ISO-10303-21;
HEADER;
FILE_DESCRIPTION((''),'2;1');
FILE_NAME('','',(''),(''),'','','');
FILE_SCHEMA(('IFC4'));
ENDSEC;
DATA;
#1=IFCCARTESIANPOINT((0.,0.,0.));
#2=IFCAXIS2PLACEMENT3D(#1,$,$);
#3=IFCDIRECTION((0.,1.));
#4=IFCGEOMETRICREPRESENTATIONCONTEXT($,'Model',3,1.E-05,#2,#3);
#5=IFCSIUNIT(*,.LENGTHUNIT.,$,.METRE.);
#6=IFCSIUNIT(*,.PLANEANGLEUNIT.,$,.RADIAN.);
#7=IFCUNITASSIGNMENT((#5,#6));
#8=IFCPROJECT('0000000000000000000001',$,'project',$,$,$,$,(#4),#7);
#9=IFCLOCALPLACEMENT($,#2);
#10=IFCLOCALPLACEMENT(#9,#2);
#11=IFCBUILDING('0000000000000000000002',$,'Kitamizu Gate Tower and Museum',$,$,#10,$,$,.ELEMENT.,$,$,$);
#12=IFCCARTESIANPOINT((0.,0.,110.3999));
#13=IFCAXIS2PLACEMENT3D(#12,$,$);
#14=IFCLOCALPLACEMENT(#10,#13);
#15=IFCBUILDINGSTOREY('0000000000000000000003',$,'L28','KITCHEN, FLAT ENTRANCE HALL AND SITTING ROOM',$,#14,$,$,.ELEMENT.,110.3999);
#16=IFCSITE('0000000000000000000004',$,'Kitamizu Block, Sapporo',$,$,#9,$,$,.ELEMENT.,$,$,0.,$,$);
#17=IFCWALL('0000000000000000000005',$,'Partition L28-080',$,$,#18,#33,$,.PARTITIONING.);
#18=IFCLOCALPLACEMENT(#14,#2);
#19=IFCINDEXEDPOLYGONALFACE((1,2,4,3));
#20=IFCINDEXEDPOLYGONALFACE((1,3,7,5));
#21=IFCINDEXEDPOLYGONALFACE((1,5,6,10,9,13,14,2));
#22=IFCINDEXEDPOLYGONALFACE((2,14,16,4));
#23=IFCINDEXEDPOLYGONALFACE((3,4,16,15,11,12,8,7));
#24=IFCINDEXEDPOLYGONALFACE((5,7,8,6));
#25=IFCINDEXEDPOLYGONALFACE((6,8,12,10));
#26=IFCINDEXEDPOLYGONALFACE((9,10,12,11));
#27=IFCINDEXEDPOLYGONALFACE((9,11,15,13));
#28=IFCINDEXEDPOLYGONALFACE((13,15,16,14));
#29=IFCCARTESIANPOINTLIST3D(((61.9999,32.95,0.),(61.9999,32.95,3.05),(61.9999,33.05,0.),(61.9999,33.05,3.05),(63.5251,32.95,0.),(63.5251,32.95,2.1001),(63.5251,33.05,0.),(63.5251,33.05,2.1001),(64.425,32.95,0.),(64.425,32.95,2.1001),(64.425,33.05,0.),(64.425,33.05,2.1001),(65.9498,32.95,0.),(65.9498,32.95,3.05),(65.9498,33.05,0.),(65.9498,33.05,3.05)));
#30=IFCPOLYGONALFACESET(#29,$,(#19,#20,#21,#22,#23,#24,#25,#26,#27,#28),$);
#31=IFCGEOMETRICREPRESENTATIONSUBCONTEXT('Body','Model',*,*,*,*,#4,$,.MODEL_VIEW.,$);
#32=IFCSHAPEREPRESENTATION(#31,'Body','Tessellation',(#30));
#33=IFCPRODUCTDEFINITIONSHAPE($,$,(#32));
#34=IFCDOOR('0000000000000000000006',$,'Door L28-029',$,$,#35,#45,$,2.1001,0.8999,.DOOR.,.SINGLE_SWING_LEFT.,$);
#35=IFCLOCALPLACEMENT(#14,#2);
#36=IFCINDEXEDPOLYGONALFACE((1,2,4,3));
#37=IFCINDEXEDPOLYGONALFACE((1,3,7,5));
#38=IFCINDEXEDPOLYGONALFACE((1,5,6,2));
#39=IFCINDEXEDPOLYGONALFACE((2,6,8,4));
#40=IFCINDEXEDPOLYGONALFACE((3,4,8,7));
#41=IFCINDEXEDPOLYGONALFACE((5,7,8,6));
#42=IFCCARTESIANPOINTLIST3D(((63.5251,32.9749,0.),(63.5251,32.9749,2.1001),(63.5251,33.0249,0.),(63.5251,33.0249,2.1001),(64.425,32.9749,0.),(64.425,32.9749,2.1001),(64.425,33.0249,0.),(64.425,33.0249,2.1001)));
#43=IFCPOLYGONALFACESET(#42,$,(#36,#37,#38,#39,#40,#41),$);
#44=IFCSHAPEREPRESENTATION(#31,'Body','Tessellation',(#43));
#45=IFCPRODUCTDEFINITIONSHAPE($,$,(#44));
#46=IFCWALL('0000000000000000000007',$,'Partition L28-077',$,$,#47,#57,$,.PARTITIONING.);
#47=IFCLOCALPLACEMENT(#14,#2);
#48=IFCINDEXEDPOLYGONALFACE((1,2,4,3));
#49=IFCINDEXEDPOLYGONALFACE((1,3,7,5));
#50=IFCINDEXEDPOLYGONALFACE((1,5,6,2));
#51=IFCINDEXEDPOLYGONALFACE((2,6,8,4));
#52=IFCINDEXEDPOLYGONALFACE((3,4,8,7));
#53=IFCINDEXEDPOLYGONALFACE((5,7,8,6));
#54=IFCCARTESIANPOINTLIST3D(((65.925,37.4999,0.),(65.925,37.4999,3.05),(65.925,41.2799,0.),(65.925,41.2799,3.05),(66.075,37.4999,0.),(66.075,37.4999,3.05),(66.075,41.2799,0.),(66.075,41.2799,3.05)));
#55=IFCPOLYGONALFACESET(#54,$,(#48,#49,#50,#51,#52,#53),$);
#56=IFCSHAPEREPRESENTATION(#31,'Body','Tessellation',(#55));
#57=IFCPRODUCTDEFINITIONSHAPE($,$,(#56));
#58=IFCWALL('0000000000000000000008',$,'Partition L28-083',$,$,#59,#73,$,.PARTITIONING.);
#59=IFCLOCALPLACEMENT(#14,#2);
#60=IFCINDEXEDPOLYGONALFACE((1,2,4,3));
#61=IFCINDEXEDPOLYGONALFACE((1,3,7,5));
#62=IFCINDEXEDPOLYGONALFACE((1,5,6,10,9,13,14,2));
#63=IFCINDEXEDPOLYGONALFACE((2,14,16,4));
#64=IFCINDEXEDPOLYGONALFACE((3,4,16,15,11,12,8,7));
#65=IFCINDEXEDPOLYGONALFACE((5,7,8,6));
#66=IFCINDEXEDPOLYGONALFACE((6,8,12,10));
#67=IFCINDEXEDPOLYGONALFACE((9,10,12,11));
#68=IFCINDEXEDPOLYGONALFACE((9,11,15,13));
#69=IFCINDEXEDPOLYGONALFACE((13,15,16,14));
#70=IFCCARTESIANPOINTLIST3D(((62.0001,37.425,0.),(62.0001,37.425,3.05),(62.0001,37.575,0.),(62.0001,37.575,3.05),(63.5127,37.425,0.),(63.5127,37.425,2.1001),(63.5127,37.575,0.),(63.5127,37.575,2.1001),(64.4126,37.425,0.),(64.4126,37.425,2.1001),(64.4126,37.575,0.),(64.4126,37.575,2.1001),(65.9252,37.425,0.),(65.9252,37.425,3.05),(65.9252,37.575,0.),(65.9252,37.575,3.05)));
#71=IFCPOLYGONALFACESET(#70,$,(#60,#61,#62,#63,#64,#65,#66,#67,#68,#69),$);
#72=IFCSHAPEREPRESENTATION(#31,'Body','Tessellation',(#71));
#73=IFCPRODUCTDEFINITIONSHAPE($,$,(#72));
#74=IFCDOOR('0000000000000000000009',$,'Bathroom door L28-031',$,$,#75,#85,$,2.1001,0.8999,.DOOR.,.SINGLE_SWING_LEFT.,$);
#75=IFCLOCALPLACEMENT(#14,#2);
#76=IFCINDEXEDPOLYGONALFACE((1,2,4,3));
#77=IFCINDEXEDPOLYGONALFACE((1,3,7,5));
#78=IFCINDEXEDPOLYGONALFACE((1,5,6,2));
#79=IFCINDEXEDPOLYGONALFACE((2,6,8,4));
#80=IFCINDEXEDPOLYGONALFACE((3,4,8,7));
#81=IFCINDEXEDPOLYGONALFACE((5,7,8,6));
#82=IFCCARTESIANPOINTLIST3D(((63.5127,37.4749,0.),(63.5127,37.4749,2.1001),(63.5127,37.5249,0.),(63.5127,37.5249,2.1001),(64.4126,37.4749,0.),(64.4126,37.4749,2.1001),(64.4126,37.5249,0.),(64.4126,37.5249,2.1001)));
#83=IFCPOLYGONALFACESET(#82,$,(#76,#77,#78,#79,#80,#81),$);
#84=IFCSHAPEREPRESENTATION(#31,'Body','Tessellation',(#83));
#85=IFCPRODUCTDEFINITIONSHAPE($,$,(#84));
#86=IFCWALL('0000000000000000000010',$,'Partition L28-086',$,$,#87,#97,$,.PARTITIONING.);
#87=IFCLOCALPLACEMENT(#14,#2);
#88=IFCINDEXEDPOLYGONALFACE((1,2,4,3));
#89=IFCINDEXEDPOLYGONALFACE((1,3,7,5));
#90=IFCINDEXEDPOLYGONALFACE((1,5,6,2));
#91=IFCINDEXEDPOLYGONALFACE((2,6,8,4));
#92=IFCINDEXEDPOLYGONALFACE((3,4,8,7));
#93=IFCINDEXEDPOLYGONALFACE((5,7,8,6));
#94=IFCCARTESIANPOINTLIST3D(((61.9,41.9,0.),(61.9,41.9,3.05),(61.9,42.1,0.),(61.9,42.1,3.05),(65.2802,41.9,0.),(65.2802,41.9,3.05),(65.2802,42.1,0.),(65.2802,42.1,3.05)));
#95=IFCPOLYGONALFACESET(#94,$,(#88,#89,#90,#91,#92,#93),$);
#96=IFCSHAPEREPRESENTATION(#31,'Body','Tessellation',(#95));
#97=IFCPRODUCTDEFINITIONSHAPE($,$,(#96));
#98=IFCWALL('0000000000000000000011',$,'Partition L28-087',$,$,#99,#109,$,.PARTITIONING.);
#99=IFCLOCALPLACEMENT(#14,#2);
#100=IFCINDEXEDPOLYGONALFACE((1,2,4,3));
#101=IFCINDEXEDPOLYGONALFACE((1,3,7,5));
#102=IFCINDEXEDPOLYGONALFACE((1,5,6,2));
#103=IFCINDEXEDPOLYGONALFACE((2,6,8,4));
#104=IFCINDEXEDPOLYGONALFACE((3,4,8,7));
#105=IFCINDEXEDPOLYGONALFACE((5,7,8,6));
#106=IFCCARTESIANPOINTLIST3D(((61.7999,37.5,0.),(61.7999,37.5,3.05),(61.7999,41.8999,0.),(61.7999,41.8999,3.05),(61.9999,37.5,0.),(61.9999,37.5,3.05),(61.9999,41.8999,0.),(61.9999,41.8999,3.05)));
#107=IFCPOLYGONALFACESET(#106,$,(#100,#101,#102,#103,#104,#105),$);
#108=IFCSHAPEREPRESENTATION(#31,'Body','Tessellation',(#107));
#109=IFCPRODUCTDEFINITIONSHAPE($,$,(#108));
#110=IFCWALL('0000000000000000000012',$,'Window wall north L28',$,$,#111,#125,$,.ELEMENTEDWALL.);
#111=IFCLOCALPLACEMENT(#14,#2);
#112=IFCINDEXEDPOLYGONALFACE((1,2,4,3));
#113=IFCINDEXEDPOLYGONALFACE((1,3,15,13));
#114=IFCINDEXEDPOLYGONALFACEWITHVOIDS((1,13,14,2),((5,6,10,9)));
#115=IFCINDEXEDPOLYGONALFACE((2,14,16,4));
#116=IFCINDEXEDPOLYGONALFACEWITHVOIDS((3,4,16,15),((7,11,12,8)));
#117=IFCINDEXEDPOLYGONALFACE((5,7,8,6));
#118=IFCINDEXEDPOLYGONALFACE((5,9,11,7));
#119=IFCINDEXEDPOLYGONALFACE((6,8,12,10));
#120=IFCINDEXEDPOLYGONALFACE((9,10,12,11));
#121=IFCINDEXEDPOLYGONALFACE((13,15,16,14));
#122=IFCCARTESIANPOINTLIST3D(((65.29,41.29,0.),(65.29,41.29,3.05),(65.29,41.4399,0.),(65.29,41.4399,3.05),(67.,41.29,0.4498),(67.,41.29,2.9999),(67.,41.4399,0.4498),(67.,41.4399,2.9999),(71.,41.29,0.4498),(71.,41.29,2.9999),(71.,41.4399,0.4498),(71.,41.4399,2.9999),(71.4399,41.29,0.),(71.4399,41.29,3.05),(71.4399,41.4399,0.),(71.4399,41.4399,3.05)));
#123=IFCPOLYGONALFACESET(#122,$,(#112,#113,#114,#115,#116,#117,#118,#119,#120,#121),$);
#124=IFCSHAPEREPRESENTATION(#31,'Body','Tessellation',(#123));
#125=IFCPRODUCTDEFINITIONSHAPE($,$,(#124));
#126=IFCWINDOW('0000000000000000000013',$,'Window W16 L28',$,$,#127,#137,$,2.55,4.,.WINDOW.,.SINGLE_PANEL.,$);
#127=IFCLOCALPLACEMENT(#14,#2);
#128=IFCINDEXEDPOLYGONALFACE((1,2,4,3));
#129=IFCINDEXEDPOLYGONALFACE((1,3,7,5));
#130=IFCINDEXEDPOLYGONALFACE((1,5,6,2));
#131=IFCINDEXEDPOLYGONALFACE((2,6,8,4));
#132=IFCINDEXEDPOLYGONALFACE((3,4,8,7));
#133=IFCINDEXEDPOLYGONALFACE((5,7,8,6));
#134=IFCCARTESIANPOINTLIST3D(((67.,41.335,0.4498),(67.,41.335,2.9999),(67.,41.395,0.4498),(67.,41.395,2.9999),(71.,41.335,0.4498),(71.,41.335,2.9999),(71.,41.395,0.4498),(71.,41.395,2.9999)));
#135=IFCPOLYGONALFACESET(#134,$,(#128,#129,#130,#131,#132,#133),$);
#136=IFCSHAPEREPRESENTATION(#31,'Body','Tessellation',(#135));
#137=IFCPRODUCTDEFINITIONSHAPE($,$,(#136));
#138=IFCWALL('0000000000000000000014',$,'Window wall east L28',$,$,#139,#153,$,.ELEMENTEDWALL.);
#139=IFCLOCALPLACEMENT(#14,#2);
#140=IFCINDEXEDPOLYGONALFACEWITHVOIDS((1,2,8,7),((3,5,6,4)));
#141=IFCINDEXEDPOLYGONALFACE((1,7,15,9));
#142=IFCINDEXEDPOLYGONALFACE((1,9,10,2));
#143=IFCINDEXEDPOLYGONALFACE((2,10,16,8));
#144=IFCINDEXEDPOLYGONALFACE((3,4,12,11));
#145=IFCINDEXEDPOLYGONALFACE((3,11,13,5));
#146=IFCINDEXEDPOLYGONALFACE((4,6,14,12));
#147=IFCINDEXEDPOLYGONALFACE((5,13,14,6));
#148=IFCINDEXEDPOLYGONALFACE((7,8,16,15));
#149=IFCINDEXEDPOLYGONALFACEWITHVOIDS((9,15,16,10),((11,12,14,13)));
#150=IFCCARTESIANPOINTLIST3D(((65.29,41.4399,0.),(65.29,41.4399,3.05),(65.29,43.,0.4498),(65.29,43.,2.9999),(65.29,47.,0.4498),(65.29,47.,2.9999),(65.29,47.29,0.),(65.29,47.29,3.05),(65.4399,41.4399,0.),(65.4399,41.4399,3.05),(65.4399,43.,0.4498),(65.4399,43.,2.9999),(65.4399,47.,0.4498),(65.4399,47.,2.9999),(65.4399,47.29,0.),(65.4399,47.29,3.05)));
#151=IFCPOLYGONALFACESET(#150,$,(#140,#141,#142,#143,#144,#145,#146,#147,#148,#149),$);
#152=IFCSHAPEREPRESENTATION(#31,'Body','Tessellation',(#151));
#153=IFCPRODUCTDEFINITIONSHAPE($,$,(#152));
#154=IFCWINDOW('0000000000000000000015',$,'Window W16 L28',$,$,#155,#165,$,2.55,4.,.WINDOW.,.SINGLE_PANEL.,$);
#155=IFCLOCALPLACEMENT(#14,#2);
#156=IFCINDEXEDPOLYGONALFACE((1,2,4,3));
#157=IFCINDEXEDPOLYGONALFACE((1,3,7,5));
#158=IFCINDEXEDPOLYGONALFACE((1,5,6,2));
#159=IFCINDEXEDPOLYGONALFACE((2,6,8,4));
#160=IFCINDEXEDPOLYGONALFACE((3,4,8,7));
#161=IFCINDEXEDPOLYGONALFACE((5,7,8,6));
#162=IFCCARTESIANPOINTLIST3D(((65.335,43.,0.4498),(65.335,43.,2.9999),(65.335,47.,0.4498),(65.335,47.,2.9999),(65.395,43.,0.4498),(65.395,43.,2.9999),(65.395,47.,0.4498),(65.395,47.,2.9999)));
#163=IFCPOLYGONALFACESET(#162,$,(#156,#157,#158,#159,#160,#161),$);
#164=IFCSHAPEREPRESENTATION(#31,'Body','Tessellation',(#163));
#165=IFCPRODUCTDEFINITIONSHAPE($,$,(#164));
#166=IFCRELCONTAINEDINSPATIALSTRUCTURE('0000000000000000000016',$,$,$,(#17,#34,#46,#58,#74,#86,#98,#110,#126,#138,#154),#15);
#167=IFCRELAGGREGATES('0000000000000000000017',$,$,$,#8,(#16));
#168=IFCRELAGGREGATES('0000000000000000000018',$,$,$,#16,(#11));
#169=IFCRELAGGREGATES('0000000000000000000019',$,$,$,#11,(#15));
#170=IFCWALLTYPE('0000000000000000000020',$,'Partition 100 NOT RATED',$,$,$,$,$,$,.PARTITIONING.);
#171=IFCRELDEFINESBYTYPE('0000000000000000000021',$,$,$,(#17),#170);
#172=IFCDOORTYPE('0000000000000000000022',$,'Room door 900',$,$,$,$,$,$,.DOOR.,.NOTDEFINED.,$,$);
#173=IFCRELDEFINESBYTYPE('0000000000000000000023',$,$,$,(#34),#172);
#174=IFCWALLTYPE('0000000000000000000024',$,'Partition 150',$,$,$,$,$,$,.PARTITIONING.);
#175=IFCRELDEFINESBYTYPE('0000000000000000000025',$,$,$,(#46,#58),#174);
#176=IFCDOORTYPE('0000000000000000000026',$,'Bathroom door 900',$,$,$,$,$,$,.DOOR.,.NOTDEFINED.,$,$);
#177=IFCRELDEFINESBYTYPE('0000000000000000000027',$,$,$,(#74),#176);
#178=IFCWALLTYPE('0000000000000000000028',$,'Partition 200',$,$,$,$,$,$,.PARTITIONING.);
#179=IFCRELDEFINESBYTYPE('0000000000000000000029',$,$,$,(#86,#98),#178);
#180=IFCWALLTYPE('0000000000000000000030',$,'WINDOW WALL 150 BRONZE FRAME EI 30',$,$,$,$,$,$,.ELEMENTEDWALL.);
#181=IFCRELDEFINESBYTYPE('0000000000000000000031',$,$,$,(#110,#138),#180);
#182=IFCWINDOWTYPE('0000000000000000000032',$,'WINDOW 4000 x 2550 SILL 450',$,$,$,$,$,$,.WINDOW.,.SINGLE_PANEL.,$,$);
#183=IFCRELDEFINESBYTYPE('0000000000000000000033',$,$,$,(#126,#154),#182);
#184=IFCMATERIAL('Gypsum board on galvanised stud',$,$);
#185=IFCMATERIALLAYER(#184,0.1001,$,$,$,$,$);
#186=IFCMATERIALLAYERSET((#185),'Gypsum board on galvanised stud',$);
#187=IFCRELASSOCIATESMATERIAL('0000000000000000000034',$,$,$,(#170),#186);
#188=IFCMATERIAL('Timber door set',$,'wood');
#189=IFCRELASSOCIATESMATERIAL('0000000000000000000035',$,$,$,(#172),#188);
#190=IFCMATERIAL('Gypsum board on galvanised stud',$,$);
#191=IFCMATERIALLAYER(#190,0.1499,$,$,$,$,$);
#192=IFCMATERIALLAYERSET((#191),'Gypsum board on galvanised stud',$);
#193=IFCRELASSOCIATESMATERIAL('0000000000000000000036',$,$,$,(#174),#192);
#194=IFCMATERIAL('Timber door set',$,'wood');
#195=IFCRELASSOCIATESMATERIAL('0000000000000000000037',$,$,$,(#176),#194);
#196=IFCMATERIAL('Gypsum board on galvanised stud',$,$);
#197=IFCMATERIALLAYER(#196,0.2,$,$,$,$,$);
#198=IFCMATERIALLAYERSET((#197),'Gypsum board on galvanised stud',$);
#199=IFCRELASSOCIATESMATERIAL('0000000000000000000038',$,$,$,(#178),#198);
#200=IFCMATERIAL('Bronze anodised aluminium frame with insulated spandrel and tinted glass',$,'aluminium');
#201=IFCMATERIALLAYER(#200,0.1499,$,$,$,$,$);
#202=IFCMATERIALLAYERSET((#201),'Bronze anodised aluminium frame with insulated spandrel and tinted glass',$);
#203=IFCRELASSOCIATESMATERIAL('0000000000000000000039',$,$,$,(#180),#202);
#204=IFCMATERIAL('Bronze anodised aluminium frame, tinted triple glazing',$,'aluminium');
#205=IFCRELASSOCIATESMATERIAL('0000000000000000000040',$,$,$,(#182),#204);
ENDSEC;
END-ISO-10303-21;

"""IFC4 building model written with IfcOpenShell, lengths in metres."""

from ifc_helpers import new_model, si_unit, direction, frame, frame_2d, origin, place, context, subcontext, project, spatial, rectangle, extrude, material, layer, layer_set, type_object, element, fill, save


model = new_model("IFC4")

# Units and contexts
model_context = context("Model", 3, precision=1e-05, world=origin(), true_north=direction((0.0, 1.0)))
body_context = subcontext(model_context, "Body", "Model", "MODEL_VIEW")
ifc_project = project(units=[si_unit("LENGTHUNIT", "METRE"), si_unit("PLANEANGLEUNIT", "RADIAN")], contexts=[model_context])

# Site, building, storey
site_placement = place(None, origin())
site = spatial("IfcSite", under=ifc_project, at=site_placement, Name="Kitamizu Block, Sapporo", CompositionType="ELEMENT", RefElevation=0.0)
building_placement = place(site_placement, origin())
building = spatial("IfcBuilding", under=site, at=building_placement, Name="Kitamizu Gate Tower and Museum", CompositionType="ELEMENT")
storey_placement = place(building_placement, frame((0.0, 0.0, 110.3999)))
storey = spatial("IfcBuildingStorey", under=building, at=storey_placement, Name="L28", Description="KITCHEN, FLAT ENTRANCE HALL AND SITTING ROOM", CompositionType="ELEMENT", Elevation=110.3999)

# Shared definitions
ifc_material_1 = material(Name="Gypsum board on galvanised stud")
ifc_layer_1 = layer(ifc_material_1, 0.1001)
ifc_layer_set_1 = layer_set([ifc_layer_1], Name="Gypsum board on galvanised stud")
wall_type_1 = type_object("IfcWallType", Name="Partition 100 NOT RATED", PredefinedType="PARTITIONING", material=ifc_layer_set_1)
ifc_material_2 = material(Name="Timber door set", Category="wood")
door_type_1 = type_object("IfcDoorType", Name="Room door 900", OperationType="NOTDEFINED", PredefinedType="DOOR", material=ifc_material_2)

# Wall, opening, door
wall_1_placement = place(storey_placement, frame((65.95, 33.0, 0.0), z_axis=(0.0, 0.0, 1.0), x_axis=(-1.0, 0.0, 0.0)))
wall_1 = element("IfcWall", 1, at=wall_1_placement, inside=storey, type_object=wall_type_1, Name="Partition L28-080", PredefinedType="PARTITIONING", context=body_context, shape_type="SweptSolid", body=[
    extrude(rectangle(XDim=3.95, YDim=0.1001, at=frame_2d((1.9751, 0.0))), origin(), (0.0, 0.0, 1.0), 3.05),
])
opening_1_placement = place(wall_1_placement, frame((1.5249, 0.0, 0.0)))
opening_1 = element("IfcOpeningElement", 2, at=opening_1_placement, cuts=wall_1, PredefinedType="OPENING", context=body_context, shape_type="SweptSolid", body=[
    extrude(rectangle(XDim=0.8999, YDim=2.1001, at=frame_2d((0.45, 1.05))), frame((0.0, 0.0601, 0.0), z_axis=(0.0, -1.0, 0.0), x_axis=(1.0, 0.0, 0.0)), (0.0, 0.0, 1.0), 0.1201),
])
door_1_placement = place(opening_1_placement, frame((0.8999, 0.0, 0.0), x_axis=(-1.0, 0.0, 0.0)))
door_1 = element("IfcDoor", 3, at=door_1_placement, inside=storey, type_object=door_type_1, Name="Door L28-029", OperationType="SINGLE_SWING_LEFT", OverallHeight=2.1001, OverallWidth=0.8999, PredefinedType="DOOR", context=body_context, shape_type="SweptSolid", body=[
    extrude(rectangle(XDim=0.8999, YDim=2.1001, at=frame_2d((0.45, 1.05))), frame((0.0, 0.0249, 0.0), z_axis=(0.0, -1.0, 0.0), x_axis=(1.0, 0.0, 0.0)), (0.0, 0.0, 1.0), 0.05),
])
fill(opening_1, door_1)

# Wall
ifc_material_3 = material(Name="Gypsum board on galvanised stud")
ifc_layer_2 = layer(ifc_material_3, 0.1499)
ifc_layer_set_2 = layer_set([ifc_layer_2], Name="Gypsum board on galvanised stud")
wall_type_2 = type_object("IfcWallType", Name="Partition 150", PredefinedType="PARTITIONING", material=ifc_layer_set_2)
wall_2_placement = place(storey_placement, frame((66.0, 41.28, 0.0), z_axis=(0.0, 0.0, 1.0), x_axis=(0.0, -1.0, 0.0)))
element("IfcWall", 4, at=wall_2_placement, inside=storey, type_object=wall_type_2, Name="Partition L28-077", PredefinedType="PARTITIONING", context=body_context, shape_type="SweptSolid", body=[
    extrude(rectangle(XDim=3.78, YDim=0.1499, at=frame_2d((1.8901, 0.0))), origin(), (0.0, 0.0, 1.0), 3.05),
])

# Wall, opening, door
wall_3_placement = place(storey_placement, frame((65.925, 37.5, 0.0), z_axis=(0.0, 0.0, 1.0), x_axis=(-1.0, 0.0, 0.0)))
wall_3 = element("IfcWall", 5, at=wall_3_placement, inside=storey, type_object=wall_type_2, Name="Partition L28-083", PredefinedType="PARTITIONING", context=body_context, shape_type="SweptSolid", body=[
    extrude(rectangle(XDim=3.925, YDim=0.1499, at=frame_2d((1.9624, 0.0))), origin(), (0.0, 0.0, 1.0), 3.05),
])
opening_2_placement = place(wall_3_placement, frame((1.5125, 0.0, 0.0)))
opening_2 = element("IfcOpeningElement", 6, at=opening_2_placement, cuts=wall_3, PredefinedType="OPENING", context=body_context, shape_type="SweptSolid", body=[
    extrude(rectangle(XDim=0.8999, YDim=2.1001, at=frame_2d((0.45, 1.05))), frame((0.0, 0.085, 0.0), z_axis=(0.0, -1.0, 0.0), x_axis=(1.0, 0.0, 0.0)), (0.0, 0.0, 1.0), 0.1699),
])
ifc_material_4 = material(Name="Timber door set", Category="wood")
door_type_2 = type_object("IfcDoorType", Name="Bathroom door 900", OperationType="NOTDEFINED", PredefinedType="DOOR", material=ifc_material_4)
door_2_placement = place(opening_2_placement, frame((0.8999, 0.0, 0.0), x_axis=(-1.0, 0.0, 0.0)))
door_2 = element("IfcDoor", 7, at=door_2_placement, inside=storey, type_object=door_type_2, Name="Bathroom door L28-031", OperationType="SINGLE_SWING_LEFT", OverallHeight=2.1001, OverallWidth=0.8999, PredefinedType="DOOR", context=body_context, shape_type="SweptSolid", body=[
    extrude(rectangle(XDim=0.8999, YDim=2.1001, at=frame_2d((0.45, 1.05))), frame((0.0, 0.0249, 0.0), z_axis=(0.0, -1.0, 0.0), x_axis=(1.0, 0.0, 0.0)), (0.0, 0.0, 1.0), 0.05),
])
fill(opening_2, door_2)

# Walls
ifc_material_5 = material(Name="Gypsum board on galvanised stud")
ifc_layer_3 = layer(ifc_material_5, 0.2)
ifc_layer_set_3 = layer_set([ifc_layer_3], Name="Gypsum board on galvanised stud")
wall_type_3 = type_object("IfcWallType", Name="Partition 200", PredefinedType="PARTITIONING", material=ifc_layer_set_3)
wall_4_placement = place(storey_placement, frame((65.28, 42.0, 0.0), z_axis=(0.0, 0.0, 1.0), x_axis=(-1.0, 0.0, 0.0)))
element("IfcWall", 8, at=wall_4_placement, inside=storey, type_object=wall_type_3, Name="Partition L28-086", PredefinedType="PARTITIONING", context=body_context, shape_type="SweptSolid", body=[
    extrude(rectangle(XDim=3.3801, YDim=0.2, at=frame_2d((1.6899, 0.0))), origin(), (0.0, 0.0, 1.0), 3.05),
])
wall_5_placement = place(storey_placement, frame((61.8999, 41.8999, 0.0), z_axis=(0.0, 0.0, 1.0), x_axis=(0.0, -1.0, 0.0)))
element("IfcWall", 9, at=wall_5_placement, inside=storey, type_object=wall_type_3, Name="Partition L28-087", PredefinedType="PARTITIONING", context=body_context, shape_type="SweptSolid", body=[
    extrude(rectangle(XDim=4.3999, YDim=0.2, at=frame_2d((2.2, 0.0))), origin(), (0.0, 0.0, 1.0), 3.05),
])

# Walls, openings, windows
ifc_material_6 = material(Name="Bronze anodised aluminium frame with insulated spandrel and tinted glass", Category="aluminium")
ifc_layer_4 = layer(ifc_material_6, 0.1499)
ifc_layer_set_4 = layer_set([ifc_layer_4], Name="Bronze anodised aluminium frame with insulated spandrel and tinted glass")
wall_type_4 = type_object("IfcWallType", Name="WINDOW WALL 150 BRONZE FRAME EI 30", PredefinedType="ELEMENTEDWALL", material=ifc_layer_set_4)
wall_6_placement = place(storey_placement, frame((65.29, 41.365, 0.0), z_axis=(0.0, 0.0, 1.0), x_axis=(1.0, 0.0, 0.0)))
wall_6 = element("IfcWall", 10, at=wall_6_placement, inside=storey, type_object=wall_type_4, Name="Window wall north L28", PredefinedType="ELEMENTEDWALL", context=body_context, shape_type="SweptSolid", body=[
    extrude(rectangle(XDim=6.1499, YDim=0.1499, at=frame_2d((3.075, 0.0))), origin(), (0.0, 0.0, 1.0), 3.05),
])
opening_3_placement = place(wall_6_placement, frame((1.71, 0.0, 0.45)))
opening_3 = element("IfcOpeningElement", 11, at=opening_3_placement, cuts=wall_6, PredefinedType="OPENING", context=body_context, shape_type="SweptSolid", body=[
    extrude(rectangle(XDim=4.0, YDim=2.55, at=frame_2d((2.0, 1.2749))), frame((0.0, 0.085, 0.0), z_axis=(0.0, -1.0, 0.0), x_axis=(1.0, 0.0, 0.0)), (0.0, 0.0, 1.0), 0.1699),
])
ifc_material_7 = material(Name="Bronze anodised aluminium frame, tinted triple glazing", Category="aluminium")
window_type = type_object("IfcWindowType", Name="WINDOW 4000 x 2550 SILL 450", PartitioningType="SINGLE_PANEL", PredefinedType="WINDOW", material=ifc_material_7)
window_1_placement = place(opening_3_placement, origin())
window_1 = element("IfcWindow", 12, at=window_1_placement, inside=storey, type_object=window_type, Name="Window W16 L28", OverallHeight=2.55, OverallWidth=4.0, PartitioningType="SINGLE_PANEL", PredefinedType="WINDOW", context=body_context, shape_type="SweptSolid", body=[
    extrude(rectangle(XDim=4.0, YDim=2.55, at=frame_2d((2.0, 1.2749))), frame((0.0, 0.03, 0.0), z_axis=(0.0, -1.0, 0.0), x_axis=(1.0, 0.0, 0.0)), (0.0, 0.0, 1.0), 0.0601),
])
fill(opening_3, window_1)
wall_7_placement = place(storey_placement, frame((65.365, 41.4399, 0.0), z_axis=(0.0, 0.0, 1.0), x_axis=(0.0, 1.0, 0.0)))
wall_7 = element("IfcWall", 13, at=wall_7_placement, inside=storey, type_object=wall_type_4, Name="Window wall east L28", PredefinedType="ELEMENTEDWALL", context=body_context, shape_type="SweptSolid", body=[
    extrude(rectangle(XDim=5.8501, YDim=0.1499, at=frame_2d((2.925, 0.0))), origin(), (0.0, 0.0, 1.0), 3.05),
])
opening_4_placement = place(wall_7_placement, frame((1.5601, 0.0, 0.45)))
opening_4 = element("IfcOpeningElement", 14, at=opening_4_placement, cuts=wall_7, PredefinedType="OPENING", context=body_context, shape_type="SweptSolid", body=[
    extrude(rectangle(XDim=4.0, YDim=2.55, at=frame_2d((2.0, 1.2749))), frame((0.0, 0.085, 0.0), z_axis=(0.0, -1.0, 0.0), x_axis=(1.0, 0.0, 0.0)), (0.0, 0.0, 1.0), 0.1699),
])
window_2_placement = place(opening_4_placement, origin())
window_2 = element("IfcWindow", 15, at=window_2_placement, inside=storey, type_object=window_type, Name="Window W16 L28", OverallHeight=2.55, OverallWidth=4.0, PartitioningType="SINGLE_PANEL", PredefinedType="WINDOW", context=body_context, shape_type="SweptSolid", body=[
    extrude(rectangle(XDim=4.0, YDim=2.55, at=frame_2d((2.0, 1.2749))), frame((0.0, 0.03, 0.0), z_axis=(0.0, -1.0, 0.0), x_axis=(1.0, 0.0, 0.0)), (0.0, 0.0, 1.0), 0.0601),
])
fill(opening_4, window_2)

save(model, "model.ifc")
